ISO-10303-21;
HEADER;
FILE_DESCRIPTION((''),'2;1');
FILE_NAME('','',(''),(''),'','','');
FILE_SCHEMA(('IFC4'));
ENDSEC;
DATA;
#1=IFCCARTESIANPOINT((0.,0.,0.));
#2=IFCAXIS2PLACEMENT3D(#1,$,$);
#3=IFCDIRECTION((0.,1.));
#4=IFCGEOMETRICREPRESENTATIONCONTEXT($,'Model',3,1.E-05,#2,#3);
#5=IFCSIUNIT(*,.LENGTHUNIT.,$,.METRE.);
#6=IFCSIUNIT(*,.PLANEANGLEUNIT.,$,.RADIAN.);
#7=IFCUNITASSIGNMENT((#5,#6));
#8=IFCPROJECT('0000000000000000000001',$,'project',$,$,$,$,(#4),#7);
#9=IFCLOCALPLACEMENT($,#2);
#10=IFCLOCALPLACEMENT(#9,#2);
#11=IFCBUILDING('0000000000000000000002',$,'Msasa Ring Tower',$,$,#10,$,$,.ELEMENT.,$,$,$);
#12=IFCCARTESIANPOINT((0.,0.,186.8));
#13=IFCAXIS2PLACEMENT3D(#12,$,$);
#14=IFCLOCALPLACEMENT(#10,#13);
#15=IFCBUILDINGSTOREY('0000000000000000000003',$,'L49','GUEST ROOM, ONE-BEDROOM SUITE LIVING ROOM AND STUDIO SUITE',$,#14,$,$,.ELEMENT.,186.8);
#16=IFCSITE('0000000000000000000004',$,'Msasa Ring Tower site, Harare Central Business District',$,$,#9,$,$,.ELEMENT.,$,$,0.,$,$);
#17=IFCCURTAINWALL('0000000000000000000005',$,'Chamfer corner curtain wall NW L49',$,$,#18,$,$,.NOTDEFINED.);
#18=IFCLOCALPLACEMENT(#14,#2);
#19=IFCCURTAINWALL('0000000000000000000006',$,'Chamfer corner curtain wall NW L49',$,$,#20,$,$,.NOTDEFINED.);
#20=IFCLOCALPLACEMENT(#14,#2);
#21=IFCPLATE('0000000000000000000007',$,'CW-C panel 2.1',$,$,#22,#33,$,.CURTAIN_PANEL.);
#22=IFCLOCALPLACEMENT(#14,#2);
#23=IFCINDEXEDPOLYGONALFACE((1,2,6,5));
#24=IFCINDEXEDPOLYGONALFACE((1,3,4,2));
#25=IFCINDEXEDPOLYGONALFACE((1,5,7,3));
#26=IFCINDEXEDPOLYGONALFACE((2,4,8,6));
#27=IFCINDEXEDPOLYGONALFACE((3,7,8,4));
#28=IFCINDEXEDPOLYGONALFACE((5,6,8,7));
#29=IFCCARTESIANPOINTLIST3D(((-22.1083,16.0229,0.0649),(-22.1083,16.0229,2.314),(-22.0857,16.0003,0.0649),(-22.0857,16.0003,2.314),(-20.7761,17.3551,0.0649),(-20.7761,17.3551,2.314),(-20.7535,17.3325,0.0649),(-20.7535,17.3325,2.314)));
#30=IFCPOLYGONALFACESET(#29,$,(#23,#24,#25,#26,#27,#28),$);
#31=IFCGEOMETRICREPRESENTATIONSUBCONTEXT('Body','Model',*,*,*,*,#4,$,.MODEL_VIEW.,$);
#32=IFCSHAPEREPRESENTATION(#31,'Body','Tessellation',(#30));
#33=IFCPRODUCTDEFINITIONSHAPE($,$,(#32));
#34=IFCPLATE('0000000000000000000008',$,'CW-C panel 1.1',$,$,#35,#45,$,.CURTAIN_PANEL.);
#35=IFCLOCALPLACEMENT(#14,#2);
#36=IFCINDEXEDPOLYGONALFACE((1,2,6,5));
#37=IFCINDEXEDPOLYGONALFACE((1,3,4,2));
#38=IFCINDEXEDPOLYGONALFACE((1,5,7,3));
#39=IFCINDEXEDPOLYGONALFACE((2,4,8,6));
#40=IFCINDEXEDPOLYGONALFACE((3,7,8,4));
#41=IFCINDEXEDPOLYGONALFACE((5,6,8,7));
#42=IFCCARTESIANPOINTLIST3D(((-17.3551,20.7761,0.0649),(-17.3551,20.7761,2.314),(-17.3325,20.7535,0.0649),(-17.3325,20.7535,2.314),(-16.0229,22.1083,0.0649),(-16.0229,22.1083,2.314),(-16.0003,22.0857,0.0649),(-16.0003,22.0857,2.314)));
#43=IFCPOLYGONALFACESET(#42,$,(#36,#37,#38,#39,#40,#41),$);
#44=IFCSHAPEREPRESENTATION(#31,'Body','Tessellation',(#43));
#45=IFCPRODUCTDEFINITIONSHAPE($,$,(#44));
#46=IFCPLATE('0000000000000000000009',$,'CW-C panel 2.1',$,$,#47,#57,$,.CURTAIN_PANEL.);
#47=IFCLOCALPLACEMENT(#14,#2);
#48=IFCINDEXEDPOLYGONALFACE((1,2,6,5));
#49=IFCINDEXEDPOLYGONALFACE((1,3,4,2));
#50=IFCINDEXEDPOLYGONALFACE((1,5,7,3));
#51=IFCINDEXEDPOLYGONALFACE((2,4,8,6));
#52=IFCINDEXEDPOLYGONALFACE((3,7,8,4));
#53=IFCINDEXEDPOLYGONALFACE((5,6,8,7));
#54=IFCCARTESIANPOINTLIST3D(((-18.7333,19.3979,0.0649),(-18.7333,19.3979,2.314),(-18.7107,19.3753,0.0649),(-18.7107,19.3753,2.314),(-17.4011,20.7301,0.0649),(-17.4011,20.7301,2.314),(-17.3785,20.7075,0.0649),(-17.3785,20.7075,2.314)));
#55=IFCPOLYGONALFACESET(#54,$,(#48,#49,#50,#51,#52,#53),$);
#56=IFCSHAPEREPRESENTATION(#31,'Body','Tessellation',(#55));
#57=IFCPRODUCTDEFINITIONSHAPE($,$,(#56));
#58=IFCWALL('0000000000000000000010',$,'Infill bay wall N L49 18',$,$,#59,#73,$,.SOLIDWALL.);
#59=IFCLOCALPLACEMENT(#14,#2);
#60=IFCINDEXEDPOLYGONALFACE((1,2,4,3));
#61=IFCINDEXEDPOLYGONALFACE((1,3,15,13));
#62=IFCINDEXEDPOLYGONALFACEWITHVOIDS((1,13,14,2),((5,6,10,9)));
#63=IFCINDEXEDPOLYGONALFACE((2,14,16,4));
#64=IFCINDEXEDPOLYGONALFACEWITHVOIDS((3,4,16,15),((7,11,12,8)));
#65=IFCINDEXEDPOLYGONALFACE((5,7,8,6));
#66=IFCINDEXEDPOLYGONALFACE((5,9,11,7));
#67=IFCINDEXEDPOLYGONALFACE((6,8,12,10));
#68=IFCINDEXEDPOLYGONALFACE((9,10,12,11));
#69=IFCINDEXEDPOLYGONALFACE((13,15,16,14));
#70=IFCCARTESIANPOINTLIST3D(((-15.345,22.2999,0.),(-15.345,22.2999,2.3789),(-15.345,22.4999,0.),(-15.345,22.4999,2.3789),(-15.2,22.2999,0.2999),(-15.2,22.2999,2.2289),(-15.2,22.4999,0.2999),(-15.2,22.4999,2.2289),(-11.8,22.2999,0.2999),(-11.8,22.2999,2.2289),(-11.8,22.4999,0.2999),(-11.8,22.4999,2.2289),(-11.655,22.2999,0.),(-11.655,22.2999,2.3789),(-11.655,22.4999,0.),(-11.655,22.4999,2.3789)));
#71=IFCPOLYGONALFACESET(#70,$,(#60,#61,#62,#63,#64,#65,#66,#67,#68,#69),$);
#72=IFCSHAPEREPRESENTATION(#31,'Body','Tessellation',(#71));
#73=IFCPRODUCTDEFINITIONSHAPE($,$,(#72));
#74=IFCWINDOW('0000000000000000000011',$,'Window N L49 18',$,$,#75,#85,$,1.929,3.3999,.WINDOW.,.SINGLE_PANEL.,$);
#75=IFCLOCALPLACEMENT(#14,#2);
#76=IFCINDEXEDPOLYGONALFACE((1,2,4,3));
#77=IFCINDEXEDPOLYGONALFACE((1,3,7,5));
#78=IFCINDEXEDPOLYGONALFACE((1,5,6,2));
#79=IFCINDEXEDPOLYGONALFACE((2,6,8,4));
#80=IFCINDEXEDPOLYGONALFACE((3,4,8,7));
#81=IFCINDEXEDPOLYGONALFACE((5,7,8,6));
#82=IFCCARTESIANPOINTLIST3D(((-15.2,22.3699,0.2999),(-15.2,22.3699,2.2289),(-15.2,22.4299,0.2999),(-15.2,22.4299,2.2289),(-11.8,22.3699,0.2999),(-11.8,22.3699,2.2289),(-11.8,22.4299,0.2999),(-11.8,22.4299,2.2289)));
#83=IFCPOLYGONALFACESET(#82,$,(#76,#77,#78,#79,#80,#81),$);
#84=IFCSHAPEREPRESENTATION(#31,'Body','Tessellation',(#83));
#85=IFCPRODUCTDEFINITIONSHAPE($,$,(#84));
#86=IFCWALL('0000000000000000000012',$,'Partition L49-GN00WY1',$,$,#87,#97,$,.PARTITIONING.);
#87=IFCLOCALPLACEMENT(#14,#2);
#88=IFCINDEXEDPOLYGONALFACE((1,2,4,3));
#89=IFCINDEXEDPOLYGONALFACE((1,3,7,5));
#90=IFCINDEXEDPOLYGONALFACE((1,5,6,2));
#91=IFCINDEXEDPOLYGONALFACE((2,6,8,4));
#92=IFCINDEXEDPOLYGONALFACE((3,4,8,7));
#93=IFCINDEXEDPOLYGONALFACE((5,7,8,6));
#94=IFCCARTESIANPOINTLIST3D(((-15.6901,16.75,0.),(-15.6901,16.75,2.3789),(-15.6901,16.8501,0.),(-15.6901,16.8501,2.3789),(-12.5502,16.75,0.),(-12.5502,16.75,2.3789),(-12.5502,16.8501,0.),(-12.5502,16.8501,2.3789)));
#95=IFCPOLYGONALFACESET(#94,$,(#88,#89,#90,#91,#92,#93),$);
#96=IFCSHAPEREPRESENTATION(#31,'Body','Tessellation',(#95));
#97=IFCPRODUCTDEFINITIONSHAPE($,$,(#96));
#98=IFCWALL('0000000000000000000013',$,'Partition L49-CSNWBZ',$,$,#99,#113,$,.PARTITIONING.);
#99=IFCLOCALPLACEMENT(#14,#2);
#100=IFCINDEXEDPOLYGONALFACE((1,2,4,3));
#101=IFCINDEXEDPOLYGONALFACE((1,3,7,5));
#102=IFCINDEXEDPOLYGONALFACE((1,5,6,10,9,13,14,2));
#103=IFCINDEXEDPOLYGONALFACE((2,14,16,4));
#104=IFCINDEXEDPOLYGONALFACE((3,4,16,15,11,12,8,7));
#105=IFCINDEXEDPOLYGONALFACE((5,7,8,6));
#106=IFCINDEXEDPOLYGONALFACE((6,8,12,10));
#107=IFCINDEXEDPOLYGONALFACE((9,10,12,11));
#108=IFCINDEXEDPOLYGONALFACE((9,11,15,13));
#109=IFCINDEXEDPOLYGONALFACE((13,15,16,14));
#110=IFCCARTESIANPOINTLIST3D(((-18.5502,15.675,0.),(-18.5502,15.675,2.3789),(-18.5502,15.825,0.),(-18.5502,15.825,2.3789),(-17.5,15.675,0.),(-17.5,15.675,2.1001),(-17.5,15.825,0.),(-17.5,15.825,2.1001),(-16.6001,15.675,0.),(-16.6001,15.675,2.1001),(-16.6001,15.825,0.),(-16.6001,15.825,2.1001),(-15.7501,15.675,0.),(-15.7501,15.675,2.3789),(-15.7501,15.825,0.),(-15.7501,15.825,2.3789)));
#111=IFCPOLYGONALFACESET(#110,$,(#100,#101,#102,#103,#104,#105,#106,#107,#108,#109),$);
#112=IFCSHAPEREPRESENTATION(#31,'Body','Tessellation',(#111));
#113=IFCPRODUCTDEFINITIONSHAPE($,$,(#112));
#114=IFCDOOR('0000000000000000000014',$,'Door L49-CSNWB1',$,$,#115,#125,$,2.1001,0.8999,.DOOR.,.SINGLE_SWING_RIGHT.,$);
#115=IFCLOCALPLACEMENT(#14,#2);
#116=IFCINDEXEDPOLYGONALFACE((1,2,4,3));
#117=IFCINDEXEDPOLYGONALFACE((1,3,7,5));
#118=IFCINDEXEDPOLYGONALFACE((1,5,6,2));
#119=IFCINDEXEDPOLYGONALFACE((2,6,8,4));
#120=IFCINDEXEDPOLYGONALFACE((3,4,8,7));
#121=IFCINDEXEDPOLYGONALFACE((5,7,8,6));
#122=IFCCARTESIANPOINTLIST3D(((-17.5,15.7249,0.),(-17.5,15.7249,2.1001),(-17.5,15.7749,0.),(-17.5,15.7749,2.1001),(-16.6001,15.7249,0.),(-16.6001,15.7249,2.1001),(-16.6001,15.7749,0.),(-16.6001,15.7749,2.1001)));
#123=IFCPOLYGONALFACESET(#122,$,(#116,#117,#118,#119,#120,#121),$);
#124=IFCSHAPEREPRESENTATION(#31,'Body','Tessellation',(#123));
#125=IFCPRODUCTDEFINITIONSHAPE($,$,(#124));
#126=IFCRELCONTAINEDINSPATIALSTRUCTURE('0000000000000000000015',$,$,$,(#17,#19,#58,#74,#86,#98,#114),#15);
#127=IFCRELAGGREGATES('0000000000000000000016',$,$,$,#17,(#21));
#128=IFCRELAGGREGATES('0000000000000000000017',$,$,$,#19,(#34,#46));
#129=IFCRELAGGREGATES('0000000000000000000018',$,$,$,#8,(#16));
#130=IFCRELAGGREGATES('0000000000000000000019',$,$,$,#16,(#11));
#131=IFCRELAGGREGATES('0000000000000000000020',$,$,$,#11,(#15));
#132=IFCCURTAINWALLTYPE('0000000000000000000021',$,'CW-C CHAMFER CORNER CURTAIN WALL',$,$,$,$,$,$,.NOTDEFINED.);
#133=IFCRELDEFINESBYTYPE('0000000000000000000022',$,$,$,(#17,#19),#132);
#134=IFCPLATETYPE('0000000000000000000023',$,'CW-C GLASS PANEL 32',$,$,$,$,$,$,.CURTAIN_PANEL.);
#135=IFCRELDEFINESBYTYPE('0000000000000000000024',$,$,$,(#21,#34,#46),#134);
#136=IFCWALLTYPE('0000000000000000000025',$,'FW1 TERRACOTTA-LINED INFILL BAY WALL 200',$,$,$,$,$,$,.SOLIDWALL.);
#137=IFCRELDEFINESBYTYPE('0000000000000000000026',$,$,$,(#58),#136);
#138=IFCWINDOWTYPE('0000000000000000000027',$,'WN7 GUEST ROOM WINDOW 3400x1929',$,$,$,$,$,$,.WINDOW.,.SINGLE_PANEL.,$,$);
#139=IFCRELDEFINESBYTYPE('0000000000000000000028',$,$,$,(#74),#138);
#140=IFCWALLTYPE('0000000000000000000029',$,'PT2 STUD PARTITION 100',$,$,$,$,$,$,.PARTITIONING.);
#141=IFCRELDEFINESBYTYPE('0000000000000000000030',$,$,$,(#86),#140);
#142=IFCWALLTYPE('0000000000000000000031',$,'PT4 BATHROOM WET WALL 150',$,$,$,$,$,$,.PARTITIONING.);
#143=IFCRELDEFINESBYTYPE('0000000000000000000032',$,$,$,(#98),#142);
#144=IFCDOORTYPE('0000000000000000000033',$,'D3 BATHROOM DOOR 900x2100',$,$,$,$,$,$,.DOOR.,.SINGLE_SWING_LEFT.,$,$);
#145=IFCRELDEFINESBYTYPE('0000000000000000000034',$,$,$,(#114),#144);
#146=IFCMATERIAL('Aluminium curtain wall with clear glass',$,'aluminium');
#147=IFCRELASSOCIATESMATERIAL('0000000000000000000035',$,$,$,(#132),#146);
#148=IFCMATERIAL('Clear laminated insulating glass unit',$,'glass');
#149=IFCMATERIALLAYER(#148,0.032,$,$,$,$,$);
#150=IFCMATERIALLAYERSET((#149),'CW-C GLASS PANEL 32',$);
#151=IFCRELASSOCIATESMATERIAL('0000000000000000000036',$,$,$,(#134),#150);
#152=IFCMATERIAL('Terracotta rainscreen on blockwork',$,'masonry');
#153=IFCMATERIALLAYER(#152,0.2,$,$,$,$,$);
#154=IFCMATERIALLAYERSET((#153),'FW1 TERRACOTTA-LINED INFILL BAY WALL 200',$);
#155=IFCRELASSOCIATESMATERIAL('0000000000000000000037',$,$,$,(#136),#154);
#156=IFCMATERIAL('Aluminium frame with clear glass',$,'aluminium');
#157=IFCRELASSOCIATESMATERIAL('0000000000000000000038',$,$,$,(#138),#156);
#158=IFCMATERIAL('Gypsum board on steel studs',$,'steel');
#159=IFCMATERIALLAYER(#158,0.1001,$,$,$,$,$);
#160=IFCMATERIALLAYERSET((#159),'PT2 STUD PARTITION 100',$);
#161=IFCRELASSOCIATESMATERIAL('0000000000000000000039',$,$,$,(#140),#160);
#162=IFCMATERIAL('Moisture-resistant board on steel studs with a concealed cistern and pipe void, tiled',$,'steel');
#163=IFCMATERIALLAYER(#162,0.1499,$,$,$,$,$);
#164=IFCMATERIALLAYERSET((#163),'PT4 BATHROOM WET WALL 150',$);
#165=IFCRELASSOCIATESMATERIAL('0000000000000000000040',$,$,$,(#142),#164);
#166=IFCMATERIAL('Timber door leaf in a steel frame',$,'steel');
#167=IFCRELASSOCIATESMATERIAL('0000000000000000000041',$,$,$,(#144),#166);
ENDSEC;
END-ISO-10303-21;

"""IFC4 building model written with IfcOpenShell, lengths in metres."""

from ifc_helpers import new_model, si_unit, direction, frame, frame_2d, origin, origin_2d, place, context, subcontext, project, spatial, rectangle, extrude, material, layer, layer_set, type_object, element, fill, aggregate, save


model = new_model("IFC4")

# Units and contexts
model_context = context("Model", 3, precision=1e-05, world=origin(), true_north=direction((0.0, 1.0)))
body_context = subcontext(model_context, "Body", "Model", "MODEL_VIEW")
ifc_project = project(units=[si_unit("LENGTHUNIT", "METRE"), si_unit("PLANEANGLEUNIT", "RADIAN")], contexts=[model_context])

# Site, building, storey
site_placement = place(None, origin())
site = spatial("IfcSite", under=ifc_project, at=site_placement, Name="Msasa Ring Tower site, Harare Central Business District", CompositionType="ELEMENT", RefElevation=0.0)
building_placement = place(site_placement, origin())
building = spatial("IfcBuilding", under=site, at=building_placement, Name="Msasa Ring Tower", CompositionType="ELEMENT")
storey_placement = place(building_placement, frame((0.0, 0.0, 186.8)))
storey = spatial("IfcBuildingStorey", under=building, at=storey_placement, Name="L49", Description="GUEST ROOM, ONE-BEDROOM SUITE LIVING ROOM AND STUDIO SUITE", CompositionType="ELEMENT", Elevation=186.8)

# Curtain walls
ifc_material_1 = material(Name="Aluminium curtain wall with clear glass", Category="aluminium")
curtain_wall_type = type_object("IfcCurtainWallType", Name="CW-C CHAMFER CORNER CURTAIN WALL", PredefinedType="NOTDEFINED", material=ifc_material_1)
curtain_wall_1_placement = place(storey_placement, origin())
curtain_wall_1 = element("IfcCurtainWall", 1, at=curtain_wall_1_placement, inside=storey, type_object=curtain_wall_type, Name="Chamfer corner curtain wall NW L49", PredefinedType="NOTDEFINED")
curtain_wall_2_placement = place(storey_placement, origin())
curtain_wall_2 = element("IfcCurtainWall", 2, at=curtain_wall_2_placement, inside=storey, type_object=curtain_wall_type, Name="Chamfer corner curtain wall NW L49", PredefinedType="NOTDEFINED")

# Plates
ifc_material_2 = material(Name="Clear laminated insulating glass unit", Category="glass")
ifc_layer_1 = layer(ifc_material_2, 0.032)
ifc_layer_set_1 = layer_set([ifc_layer_1], Name="CW-C GLASS PANEL 32")
plate_type = type_object("IfcPlateType", Name="CW-C GLASS PANEL 32", PredefinedType="CURTAIN_PANEL", material=ifc_layer_set_1)
plate_1_placement = place(storey_placement, frame((-21.4309, 16.6777, 0.0649), z_axis=(0.0, 0.0, 1.0), x_axis=(-0.707107, -0.707107, 0.0)))
plate_1 = element("IfcPlate", 3, at=plate_1_placement, type_object=plate_type, Name="CW-C panel 2.1", PredefinedType="CURTAIN_PANEL", context=body_context, shape_type="SweptSolid", body=[
    extrude(rectangle(XDim=1.884, YDim=0.032, at=origin_2d()), origin(), (0.0, 0.0, 1.0), 2.249),
])
aggregate(curtain_wall_1, [plate_1])
plate_2_placement = place(storey_placement, frame((-16.6777, 21.4309, 0.0649), z_axis=(0.0, 0.0, 1.0), x_axis=(-0.707107, -0.707107, 0.0)))
plate_2 = element("IfcPlate", 4, at=plate_2_placement, type_object=plate_type, Name="CW-C panel 1.1", PredefinedType="CURTAIN_PANEL", context=body_context, shape_type="SweptSolid", body=[
    extrude(rectangle(XDim=1.884, YDim=0.032, at=origin_2d()), origin(), (0.0, 0.0, 1.0), 2.249),
])
plate_3_placement = place(storey_placement, frame((-18.0559, 20.0527, 0.0649), z_axis=(0.0, 0.0, 1.0), x_axis=(-0.707107, -0.707107, 0.0)))
plate_3 = element("IfcPlate", 5, at=plate_3_placement, type_object=plate_type, Name="CW-C panel 2.1", PredefinedType="CURTAIN_PANEL", context=body_context, shape_type="SweptSolid", body=[
    extrude(rectangle(XDim=1.884, YDim=0.032, at=origin_2d()), origin(), (0.0, 0.0, 1.0), 2.249),
])
aggregate(curtain_wall_2, [plate_2, plate_3])

# Wall, opening, window
ifc_material_3 = material(Name="Terracotta rainscreen on blockwork", Category="masonry")
ifc_layer_2 = layer(ifc_material_3, 0.2)
ifc_layer_set_2 = layer_set([ifc_layer_2], Name="FW1 TERRACOTTA-LINED INFILL BAY WALL 200")
wall_type_1 = type_object("IfcWallType", Name="FW1 TERRACOTTA-LINED INFILL BAY WALL 200", PredefinedType="SOLIDWALL", material=ifc_layer_set_2)
wall_1_placement = place(storey_placement, frame((-15.345, 22.3999, 0.0), z_axis=(0.0, 0.0, 1.0), x_axis=(1.0, 0.0, 0.0)))
wall_1 = element("IfcWall", 6, at=wall_1_placement, inside=storey, type_object=wall_type_1, Name="Infill bay wall N L49 18", PredefinedType="SOLIDWALL", context=body_context, shape_type="SweptSolid", body=[
    extrude(rectangle(XDim=3.6899, YDim=0.2, at=frame_2d((1.845, 0.0))), origin(), (0.0, 0.0, 1.0), 2.3789),
])
opening_1_placement = place(wall_1_placement, frame((0.145, 0.0, 0.3)))
opening_1 = element("IfcOpeningElement", 7, at=opening_1_placement, cuts=wall_1, PredefinedType="OPENING", context=body_context, shape_type="SweptSolid", body=[
    extrude(rectangle(XDim=3.3999, YDim=1.929, at=frame_2d((1.7, 0.9644))), frame((0.0, 0.1099, 0.0), z_axis=(0.0, -1.0, 0.0), x_axis=(1.0, 0.0, 0.0)), (0.0, 0.0, 1.0), 0.22),
])
ifc_material_4 = material(Name="Aluminium frame with clear glass", Category="aluminium")
window_type = type_object("IfcWindowType", Name="WN7 GUEST ROOM WINDOW 3400x1929", PartitioningType="SINGLE_PANEL", PredefinedType="WINDOW", material=ifc_material_4)
window_placement = place(opening_1_placement, origin())
window = element("IfcWindow", 8, at=window_placement, inside=storey, type_object=window_type, Name="Window N L49 18", OverallHeight=1.929, OverallWidth=3.3999, PartitioningType="SINGLE_PANEL", PredefinedType="WINDOW", context=body_context, shape_type="SweptSolid", body=[
    extrude(rectangle(XDim=3.3999, YDim=1.929, at=frame_2d((1.7, 0.9644))), frame((0.0, 0.03, 0.0), z_axis=(0.0, -1.0, 0.0), x_axis=(1.0, 0.0, 0.0)), (0.0, 0.0, 1.0), 0.0601),
])
fill(opening_1, window)

# Wall
ifc_material_5 = material(Name="Gypsum board on steel studs", Category="steel")
ifc_layer_3 = layer(ifc_material_5, 0.1001)
ifc_layer_set_3 = layer_set([ifc_layer_3], Name="PT2 STUD PARTITION 100")
wall_type_2 = type_object("IfcWallType", Name="PT2 STUD PARTITION 100", PredefinedType="PARTITIONING", material=ifc_layer_set_3)
wall_2_placement = place(storey_placement, frame((-15.6899, 16.8, 0.0), z_axis=(0.0, 0.0, 1.0), x_axis=(1.0, 0.0, 0.0)))
element("IfcWall", 9, at=wall_2_placement, inside=storey, type_object=wall_type_2, Name="Partition L49-GN00WY1", PredefinedType="PARTITIONING", context=body_context, shape_type="SweptSolid", body=[
    extrude(rectangle(XDim=3.1399, YDim=0.1001, at=frame_2d((1.5698, 0.0))), origin(), (0.0, 0.0, 1.0), 2.3789),
])

# Wall, opening, door
ifc_material_6 = material(Name="Moisture-resistant board on steel studs with a concealed cistern and pipe void, tiled", Category="steel")
ifc_layer_4 = layer(ifc_material_6, 0.1499)
ifc_layer_set_4 = layer_set([ifc_layer_4], Name="PT4 BATHROOM WET WALL 150")
wall_type_3 = type_object("IfcWallType", Name="PT4 BATHROOM WET WALL 150", PredefinedType="PARTITIONING", material=ifc_layer_set_4)
wall_3_placement = place(storey_placement, frame((-18.55, 15.75, 0.0), z_axis=(0.0, 0.0, 1.0), x_axis=(1.0, 0.0, 0.0)))
wall_3 = element("IfcWall", 10, at=wall_3_placement, inside=storey, type_object=wall_type_3, Name="Partition L49-CSNWBZ", PredefinedType="PARTITIONING", context=body_context, shape_type="SweptSolid", body=[
    extrude(rectangle(XDim=2.8, YDim=0.1499, at=frame_2d((1.3999, 0.0))), origin(), (0.0, 0.0, 1.0), 2.3789),
])
opening_2_placement = place(wall_3_placement, frame((1.05, 0.0, 0.0)))
opening_2 = element("IfcOpeningElement", 11, at=opening_2_placement, cuts=wall_3, PredefinedType="OPENING", context=body_context, shape_type="SweptSolid", body=[
    extrude(rectangle(XDim=0.8999, YDim=2.1001, at=frame_2d((0.45, 1.05))), frame((0.0, 0.085, 0.0), z_axis=(0.0, -1.0, 0.0), x_axis=(1.0, 0.0, 0.0)), (0.0, 0.0, 1.0), 0.1699),
])
ifc_material_7 = material(Name="Timber door leaf in a steel frame", Category="steel")
door_type = type_object("IfcDoorType", Name="D3 BATHROOM DOOR 900x2100", OperationType="SINGLE_SWING_LEFT", PredefinedType="DOOR", material=ifc_material_7)
door_placement = place(opening_2_placement, origin())
door = element("IfcDoor", 12, at=door_placement, inside=storey, type_object=door_type, Name="Door L49-CSNWB1", OperationType="SINGLE_SWING_RIGHT", OverallHeight=2.1001, OverallWidth=0.8999, PredefinedType="DOOR", context=body_context, shape_type="SweptSolid", body=[
    extrude(rectangle(XDim=0.8999, YDim=2.1001, at=frame_2d((0.45, 1.05))), frame((0.0, 0.0249, 0.0), z_axis=(0.0, -1.0, 0.0), x_axis=(1.0, 0.0, 0.0)), (0.0, 0.0, 1.0), 0.05),
])
fill(opening_2, door)

save(model, "model.ifc")
